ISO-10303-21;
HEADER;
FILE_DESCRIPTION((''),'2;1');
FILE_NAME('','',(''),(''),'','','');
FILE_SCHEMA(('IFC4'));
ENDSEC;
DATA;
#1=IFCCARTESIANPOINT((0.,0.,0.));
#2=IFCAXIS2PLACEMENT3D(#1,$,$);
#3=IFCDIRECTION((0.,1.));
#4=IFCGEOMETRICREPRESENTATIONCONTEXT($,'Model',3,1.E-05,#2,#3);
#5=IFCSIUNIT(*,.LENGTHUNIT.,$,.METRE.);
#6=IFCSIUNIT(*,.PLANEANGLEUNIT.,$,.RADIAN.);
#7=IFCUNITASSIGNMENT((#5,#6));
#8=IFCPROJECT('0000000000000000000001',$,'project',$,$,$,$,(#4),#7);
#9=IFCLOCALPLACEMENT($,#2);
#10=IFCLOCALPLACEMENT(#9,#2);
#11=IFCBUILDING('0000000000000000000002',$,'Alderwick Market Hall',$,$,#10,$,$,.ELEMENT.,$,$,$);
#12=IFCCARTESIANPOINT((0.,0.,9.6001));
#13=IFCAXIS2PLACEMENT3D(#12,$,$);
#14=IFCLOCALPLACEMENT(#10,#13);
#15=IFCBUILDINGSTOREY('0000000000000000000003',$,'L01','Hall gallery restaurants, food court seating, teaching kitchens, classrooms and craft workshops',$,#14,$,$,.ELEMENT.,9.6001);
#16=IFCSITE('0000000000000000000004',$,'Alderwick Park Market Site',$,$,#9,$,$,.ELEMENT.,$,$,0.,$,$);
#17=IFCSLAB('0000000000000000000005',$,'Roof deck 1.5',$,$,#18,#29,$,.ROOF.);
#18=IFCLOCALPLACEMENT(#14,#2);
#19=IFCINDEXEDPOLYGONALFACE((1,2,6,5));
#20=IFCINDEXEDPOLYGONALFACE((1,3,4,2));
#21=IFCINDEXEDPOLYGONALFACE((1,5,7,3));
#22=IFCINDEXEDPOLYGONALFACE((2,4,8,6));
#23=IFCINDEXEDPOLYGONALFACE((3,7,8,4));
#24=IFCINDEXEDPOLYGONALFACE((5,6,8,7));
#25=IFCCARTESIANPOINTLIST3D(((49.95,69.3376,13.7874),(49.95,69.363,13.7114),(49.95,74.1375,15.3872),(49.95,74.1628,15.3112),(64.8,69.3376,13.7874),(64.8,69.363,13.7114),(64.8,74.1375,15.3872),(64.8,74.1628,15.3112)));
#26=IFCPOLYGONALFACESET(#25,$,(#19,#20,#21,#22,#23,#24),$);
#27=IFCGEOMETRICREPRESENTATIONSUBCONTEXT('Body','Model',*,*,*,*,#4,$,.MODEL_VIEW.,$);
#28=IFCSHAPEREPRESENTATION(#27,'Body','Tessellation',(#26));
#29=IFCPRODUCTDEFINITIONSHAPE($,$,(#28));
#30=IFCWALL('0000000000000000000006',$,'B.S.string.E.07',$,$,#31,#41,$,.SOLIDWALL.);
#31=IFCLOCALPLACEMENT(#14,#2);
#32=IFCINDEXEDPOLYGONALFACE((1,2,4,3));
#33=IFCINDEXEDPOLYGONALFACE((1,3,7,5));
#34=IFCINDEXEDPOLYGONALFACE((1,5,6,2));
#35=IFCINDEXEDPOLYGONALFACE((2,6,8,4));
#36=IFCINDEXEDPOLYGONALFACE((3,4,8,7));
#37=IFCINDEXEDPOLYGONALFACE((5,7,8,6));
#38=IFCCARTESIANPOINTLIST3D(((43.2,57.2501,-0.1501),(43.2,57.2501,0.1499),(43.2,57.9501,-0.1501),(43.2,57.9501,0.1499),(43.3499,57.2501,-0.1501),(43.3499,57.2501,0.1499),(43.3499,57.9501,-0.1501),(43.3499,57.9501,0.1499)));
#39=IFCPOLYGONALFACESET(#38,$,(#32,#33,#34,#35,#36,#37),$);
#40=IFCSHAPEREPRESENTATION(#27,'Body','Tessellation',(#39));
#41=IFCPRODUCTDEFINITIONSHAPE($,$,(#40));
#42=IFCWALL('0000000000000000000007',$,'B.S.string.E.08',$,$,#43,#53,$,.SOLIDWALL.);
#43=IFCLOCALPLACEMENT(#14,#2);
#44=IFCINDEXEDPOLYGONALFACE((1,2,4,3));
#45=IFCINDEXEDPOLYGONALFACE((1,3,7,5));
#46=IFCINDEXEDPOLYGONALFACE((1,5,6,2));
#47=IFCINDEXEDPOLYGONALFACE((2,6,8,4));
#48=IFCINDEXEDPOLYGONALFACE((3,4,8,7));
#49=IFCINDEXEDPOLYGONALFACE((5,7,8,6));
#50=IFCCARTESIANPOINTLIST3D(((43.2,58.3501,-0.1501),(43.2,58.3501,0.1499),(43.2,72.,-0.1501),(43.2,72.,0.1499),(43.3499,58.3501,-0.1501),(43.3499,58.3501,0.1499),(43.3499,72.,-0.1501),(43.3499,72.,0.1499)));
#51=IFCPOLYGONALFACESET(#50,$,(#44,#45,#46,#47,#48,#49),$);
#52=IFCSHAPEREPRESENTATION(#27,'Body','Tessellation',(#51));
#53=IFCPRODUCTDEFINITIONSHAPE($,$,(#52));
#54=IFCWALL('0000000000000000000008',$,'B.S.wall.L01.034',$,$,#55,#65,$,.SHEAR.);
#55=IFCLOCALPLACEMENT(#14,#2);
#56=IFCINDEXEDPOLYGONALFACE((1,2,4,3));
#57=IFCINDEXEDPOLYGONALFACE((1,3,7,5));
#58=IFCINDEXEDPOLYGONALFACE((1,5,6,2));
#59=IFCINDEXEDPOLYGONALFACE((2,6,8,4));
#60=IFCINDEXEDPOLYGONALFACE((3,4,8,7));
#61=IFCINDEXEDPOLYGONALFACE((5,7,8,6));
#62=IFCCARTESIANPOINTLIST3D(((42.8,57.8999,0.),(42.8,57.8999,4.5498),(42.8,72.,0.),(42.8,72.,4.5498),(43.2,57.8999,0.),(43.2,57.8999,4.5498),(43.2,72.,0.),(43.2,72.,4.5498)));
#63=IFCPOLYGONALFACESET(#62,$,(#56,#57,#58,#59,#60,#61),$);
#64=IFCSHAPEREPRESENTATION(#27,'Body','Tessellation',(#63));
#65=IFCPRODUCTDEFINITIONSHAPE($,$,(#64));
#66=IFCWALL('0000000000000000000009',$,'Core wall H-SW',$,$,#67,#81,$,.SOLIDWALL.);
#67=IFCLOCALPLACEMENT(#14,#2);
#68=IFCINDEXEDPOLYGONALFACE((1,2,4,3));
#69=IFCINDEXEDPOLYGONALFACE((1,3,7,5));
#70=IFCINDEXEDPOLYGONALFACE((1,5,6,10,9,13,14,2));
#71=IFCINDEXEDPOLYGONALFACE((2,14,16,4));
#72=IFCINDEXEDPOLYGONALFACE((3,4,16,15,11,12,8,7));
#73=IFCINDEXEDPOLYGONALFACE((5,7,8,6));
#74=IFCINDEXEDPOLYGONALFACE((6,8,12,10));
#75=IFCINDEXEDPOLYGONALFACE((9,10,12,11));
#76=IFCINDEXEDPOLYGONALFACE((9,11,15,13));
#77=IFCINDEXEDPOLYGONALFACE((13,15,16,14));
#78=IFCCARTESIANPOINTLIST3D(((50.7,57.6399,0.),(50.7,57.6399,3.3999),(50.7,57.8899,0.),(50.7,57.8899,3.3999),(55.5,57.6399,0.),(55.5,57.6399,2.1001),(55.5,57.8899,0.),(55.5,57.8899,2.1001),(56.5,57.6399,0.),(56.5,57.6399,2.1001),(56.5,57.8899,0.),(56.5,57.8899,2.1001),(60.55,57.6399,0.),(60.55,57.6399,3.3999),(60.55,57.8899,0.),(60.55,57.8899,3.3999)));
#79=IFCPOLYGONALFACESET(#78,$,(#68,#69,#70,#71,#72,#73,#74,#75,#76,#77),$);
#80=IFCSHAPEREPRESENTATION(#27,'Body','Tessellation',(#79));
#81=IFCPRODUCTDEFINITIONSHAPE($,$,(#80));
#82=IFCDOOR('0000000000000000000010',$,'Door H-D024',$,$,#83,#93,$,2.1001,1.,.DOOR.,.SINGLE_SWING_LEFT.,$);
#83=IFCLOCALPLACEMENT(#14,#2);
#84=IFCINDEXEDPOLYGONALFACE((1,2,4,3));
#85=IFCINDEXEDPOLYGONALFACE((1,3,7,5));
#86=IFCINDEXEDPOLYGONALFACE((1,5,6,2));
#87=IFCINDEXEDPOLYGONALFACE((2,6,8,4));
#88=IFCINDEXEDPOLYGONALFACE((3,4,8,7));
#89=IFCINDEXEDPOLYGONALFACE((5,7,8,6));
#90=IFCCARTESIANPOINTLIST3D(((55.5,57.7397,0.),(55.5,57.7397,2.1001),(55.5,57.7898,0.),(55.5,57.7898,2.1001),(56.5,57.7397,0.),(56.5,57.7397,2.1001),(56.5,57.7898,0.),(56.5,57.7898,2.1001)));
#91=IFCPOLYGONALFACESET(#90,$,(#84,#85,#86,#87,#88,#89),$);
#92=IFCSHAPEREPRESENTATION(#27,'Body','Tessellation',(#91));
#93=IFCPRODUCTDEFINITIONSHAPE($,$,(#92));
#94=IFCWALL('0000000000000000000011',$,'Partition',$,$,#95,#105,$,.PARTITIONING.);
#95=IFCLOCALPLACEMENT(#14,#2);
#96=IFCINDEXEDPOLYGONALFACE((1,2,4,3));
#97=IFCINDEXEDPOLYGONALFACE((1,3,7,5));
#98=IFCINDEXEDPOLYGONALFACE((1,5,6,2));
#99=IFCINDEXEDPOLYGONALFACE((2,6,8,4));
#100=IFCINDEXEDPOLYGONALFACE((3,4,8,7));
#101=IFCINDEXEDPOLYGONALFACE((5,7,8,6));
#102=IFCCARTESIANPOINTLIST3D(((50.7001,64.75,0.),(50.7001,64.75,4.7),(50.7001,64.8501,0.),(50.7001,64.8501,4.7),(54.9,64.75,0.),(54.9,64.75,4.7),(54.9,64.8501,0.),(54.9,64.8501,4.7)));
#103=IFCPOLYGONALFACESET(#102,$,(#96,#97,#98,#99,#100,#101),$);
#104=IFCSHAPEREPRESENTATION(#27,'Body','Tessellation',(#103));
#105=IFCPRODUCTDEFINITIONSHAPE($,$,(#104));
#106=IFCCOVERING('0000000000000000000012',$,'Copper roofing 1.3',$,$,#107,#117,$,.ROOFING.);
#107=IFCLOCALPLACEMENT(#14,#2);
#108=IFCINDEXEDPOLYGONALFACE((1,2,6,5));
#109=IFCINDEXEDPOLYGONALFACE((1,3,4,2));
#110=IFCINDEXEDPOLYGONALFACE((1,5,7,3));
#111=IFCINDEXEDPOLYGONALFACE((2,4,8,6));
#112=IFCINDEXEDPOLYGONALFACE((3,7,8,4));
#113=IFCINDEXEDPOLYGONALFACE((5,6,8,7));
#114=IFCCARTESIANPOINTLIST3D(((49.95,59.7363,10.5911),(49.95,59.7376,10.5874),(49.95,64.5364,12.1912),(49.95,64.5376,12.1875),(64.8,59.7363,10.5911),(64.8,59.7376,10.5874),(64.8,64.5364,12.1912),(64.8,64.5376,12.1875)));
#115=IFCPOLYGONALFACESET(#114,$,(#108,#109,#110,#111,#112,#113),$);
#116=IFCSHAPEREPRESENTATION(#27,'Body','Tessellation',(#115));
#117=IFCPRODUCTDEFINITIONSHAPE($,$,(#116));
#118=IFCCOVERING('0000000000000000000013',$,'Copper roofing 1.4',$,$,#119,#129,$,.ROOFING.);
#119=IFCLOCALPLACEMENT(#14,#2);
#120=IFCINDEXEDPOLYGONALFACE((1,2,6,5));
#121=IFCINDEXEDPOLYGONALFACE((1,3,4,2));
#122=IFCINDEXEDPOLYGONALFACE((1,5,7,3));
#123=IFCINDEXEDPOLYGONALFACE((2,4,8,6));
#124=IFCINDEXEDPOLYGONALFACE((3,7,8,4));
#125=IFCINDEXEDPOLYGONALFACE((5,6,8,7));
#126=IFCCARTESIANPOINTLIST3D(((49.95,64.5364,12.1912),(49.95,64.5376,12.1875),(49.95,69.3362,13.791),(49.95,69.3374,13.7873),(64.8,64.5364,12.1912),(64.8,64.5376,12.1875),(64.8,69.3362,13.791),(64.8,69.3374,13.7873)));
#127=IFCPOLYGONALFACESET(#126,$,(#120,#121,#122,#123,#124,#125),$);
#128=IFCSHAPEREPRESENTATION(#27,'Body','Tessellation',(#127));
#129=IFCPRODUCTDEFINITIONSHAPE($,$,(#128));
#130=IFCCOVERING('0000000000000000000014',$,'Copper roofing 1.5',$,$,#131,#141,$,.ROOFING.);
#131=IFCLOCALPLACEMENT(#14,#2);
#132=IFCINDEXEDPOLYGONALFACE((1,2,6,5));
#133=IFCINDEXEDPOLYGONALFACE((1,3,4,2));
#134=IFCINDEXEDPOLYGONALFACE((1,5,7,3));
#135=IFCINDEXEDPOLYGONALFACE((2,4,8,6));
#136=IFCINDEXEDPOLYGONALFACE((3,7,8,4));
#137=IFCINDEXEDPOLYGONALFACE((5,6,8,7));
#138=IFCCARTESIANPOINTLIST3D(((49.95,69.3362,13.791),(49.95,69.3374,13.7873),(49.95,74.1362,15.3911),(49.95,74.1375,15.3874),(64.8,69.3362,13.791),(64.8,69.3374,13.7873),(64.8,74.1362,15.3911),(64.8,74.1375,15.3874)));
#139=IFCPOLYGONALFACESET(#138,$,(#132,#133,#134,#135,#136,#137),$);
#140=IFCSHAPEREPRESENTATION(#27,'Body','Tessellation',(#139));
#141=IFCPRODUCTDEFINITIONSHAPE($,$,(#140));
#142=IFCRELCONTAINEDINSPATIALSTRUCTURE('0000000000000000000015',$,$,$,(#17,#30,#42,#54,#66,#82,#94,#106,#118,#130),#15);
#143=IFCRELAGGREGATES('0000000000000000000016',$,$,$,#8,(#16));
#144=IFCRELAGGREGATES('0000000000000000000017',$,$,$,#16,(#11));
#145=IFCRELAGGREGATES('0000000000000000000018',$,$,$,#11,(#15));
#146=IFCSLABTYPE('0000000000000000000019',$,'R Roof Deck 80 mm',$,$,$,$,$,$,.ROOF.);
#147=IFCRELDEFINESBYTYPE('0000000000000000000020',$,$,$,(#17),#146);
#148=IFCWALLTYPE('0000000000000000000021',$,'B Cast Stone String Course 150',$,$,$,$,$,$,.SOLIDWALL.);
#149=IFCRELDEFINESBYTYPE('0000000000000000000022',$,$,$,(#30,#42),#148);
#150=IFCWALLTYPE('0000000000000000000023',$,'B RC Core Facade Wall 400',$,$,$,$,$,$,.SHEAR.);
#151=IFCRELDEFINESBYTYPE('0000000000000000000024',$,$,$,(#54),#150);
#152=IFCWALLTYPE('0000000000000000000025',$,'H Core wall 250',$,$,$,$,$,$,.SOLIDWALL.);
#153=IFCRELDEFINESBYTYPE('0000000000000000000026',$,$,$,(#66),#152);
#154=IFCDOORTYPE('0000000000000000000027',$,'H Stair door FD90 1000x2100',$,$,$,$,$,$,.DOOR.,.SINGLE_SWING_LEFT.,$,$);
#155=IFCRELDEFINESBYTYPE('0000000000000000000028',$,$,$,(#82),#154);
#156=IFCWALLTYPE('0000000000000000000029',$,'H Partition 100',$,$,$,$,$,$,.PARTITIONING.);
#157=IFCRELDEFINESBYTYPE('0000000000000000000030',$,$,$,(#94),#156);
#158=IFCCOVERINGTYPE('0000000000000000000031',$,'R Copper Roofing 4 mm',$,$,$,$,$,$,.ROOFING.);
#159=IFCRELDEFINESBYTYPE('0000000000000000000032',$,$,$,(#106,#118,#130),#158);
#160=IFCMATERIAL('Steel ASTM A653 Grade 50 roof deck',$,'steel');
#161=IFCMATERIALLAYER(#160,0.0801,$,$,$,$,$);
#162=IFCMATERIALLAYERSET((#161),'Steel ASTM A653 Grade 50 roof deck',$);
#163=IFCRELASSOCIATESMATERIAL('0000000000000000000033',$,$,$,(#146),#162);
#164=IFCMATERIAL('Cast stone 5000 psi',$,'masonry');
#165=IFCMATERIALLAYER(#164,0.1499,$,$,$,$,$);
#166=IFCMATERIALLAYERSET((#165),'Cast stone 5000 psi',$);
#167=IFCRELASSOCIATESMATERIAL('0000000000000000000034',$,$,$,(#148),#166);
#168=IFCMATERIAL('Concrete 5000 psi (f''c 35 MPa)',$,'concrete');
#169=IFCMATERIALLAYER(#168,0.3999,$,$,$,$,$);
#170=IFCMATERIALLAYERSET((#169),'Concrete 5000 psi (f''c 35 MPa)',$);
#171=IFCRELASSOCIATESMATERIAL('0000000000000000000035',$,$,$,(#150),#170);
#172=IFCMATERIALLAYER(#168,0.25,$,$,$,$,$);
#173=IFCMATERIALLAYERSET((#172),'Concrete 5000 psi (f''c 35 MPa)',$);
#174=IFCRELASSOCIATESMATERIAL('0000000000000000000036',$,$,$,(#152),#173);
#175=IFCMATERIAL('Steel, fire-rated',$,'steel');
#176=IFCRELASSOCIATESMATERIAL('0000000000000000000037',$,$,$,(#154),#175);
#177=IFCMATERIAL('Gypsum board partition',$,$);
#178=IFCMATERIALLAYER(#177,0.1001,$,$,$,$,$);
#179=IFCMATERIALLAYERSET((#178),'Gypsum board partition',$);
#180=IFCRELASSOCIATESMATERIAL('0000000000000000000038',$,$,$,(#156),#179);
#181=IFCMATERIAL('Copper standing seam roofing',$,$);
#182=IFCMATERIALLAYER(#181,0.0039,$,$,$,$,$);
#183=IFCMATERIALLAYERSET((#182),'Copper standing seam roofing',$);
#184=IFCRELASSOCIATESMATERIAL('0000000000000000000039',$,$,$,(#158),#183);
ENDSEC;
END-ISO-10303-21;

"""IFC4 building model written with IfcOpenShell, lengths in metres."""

from ifc_helpers import new_model, si_unit, direction, frame, frame_2d, origin, place, context, subcontext, project, spatial, polyline, rectangle, outline, extrude, material, layer, layer_set, type_object, element, fill, save


model = new_model("IFC4")

# Units and contexts
model_context = context("Model", 3, precision=1e-05, world=origin(), true_north=direction((0.0, 1.0)))
body_context = subcontext(model_context, "Body", "Model", "MODEL_VIEW")
ifc_project = project(units=[si_unit("LENGTHUNIT", "METRE"), si_unit("PLANEANGLEUNIT", "RADIAN")], contexts=[model_context])

# Site, building, storey
site_placement = place(None, origin())
site = spatial("IfcSite", under=ifc_project, at=site_placement, Name="Alderwick Park Market Site", CompositionType="ELEMENT", RefElevation=0.0)
building_placement = place(site_placement, origin())
building = spatial("IfcBuilding", under=site, at=building_placement, Name="Alderwick Market Hall", CompositionType="ELEMENT")
storey_placement = place(building_placement, frame((0.0, 0.0, 9.6001)))
storey = spatial("IfcBuildingStorey", under=building, at=storey_placement, Name="L01", Description="Hall gallery restaurants, food court seating, teaching kitchens, classrooms and craft workshops", CompositionType="ELEMENT", Elevation=9.6001)

# Shared definitions
ifc_material_1 = material(Name="Concrete 5000 psi (f'c 35 MPa)", Category="concrete")

# Slab
ifc_material_2 = material(Name="Steel ASTM A653 Grade 50 roof deck", Category="steel")
ifc_layer_1 = layer(ifc_material_2, 0.0801)
ifc_layer_set_1 = layer_set([ifc_layer_1], Name="Steel ASTM A653 Grade 50 roof deck")
slab_type = type_object("IfcSlabType", Name="R Roof Deck 80 mm", PredefinedType="ROOF", material=ifc_layer_set_1)
slab_1_placement = place(storey_placement, frame((49.95, 69.3376, 13.7874), z_axis=(0.0, -0.316213, 0.948688), x_axis=(1.0, 0.0, 0.0)))
element("IfcSlab", 1, at=slab_1_placement, inside=storey, type_object=slab_type, Name="Roof deck 1.5", PredefinedType="ROOF", context=body_context, shape_type="SweptSolid", body=[
    extrude(outline(polyline([(0.0, 0.0), (14.8501, 0.0), (14.8501, 5.0594), (0.0, 5.0594), (0.0, 0.0)])), origin(), (0.0, 0.0, -1.0), 0.0801),
])

# Walls
ifc_material_3 = material(Name="Cast stone 5000 psi", Category="masonry")
ifc_layer_2 = layer(ifc_material_3, 0.1499)
ifc_layer_set_2 = layer_set([ifc_layer_2], Name="Cast stone 5000 psi")
wall_type_1 = type_object("IfcWallType", Name="B Cast Stone String Course 150", PredefinedType="SOLIDWALL", material=ifc_layer_set_2)
wall_1_placement = place(storey_placement, frame((43.2749, 57.25, -0.1501), z_axis=(0.0, 0.0, 1.0), x_axis=(0.0, 1.0, 0.0)))
element("IfcWall", 2, at=wall_1_placement, inside=storey, type_object=wall_type_1, Name="B.S.string.E.07", PredefinedType="SOLIDWALL", context=body_context, shape_type="SweptSolid", body=[
    extrude(rectangle(XDim=0.7, YDim=0.1499, at=frame_2d((0.3501, 0.0))), origin(), (0.0, 0.0, 1.0), 0.3),
])
wall_2_placement = place(storey_placement, frame((43.2749, 58.3501, -0.1501), z_axis=(0.0, 0.0, 1.0), x_axis=(0.0, 1.0, 0.0)))
element("IfcWall", 3, at=wall_2_placement, inside=storey, type_object=wall_type_1, Name="B.S.string.E.08", PredefinedType="SOLIDWALL", context=body_context, shape_type="SweptSolid", body=[
    extrude(rectangle(XDim=13.6499, YDim=0.1499, at=frame_2d((6.825, 0.0))), origin(), (0.0, 0.0, 1.0), 0.3),
])
ifc_layer_3 = layer(ifc_material_1, 0.3999)
ifc_layer_set_3 = layer_set([ifc_layer_3], Name="Concrete 5000 psi (f'c 35 MPa)")
wall_type_2 = type_object("IfcWallType", Name="B RC Core Facade Wall 400", PredefinedType="SHEAR", material=ifc_layer_set_3)
wall_3_placement = place(storey_placement, frame((43.0, 57.8999, 0.0), z_axis=(0.0, 0.0, 1.0), x_axis=(0.0, 1.0, 0.0)))
element("IfcWall", 4, at=wall_3_placement, inside=storey, type_object=wall_type_2, Name="B.S.wall.L01.034", PredefinedType="SHEAR", context=body_context, shape_type="SweptSolid", body=[
    extrude(rectangle(XDim=14.1001, YDim=0.3999, at=frame_2d((7.05, 0.0))), origin(), (0.0, 0.0, 1.0), 4.5498),
])

# Wall, opening, door
ifc_layer_4 = layer(ifc_material_1, 0.25)
ifc_layer_set_4 = layer_set([ifc_layer_4], Name="Concrete 5000 psi (f'c 35 MPa)")
wall_type_3 = type_object("IfcWallType", Name="H Core wall 250", PredefinedType="SOLIDWALL", material=ifc_layer_set_4)
wall_4_placement = place(storey_placement, frame((50.7, 57.7649, 0.0), z_axis=(0.0, 0.0, 1.0), x_axis=(1.0, 0.0, 0.0)))
wall_4 = element("IfcWall", 5, at=wall_4_placement, inside=storey, type_object=wall_type_3, Name="Core wall H-SW", PredefinedType="SOLIDWALL", context=body_context, shape_type="SweptSolid", body=[
    extrude(rectangle(XDim=9.8501, YDim=0.25, at=frame_2d((4.925, 0.0))), origin(), (0.0, 0.0, 1.0), 3.3999),
])
opening_placement = place(wall_4_placement, frame((4.8, 0.0, 0.0)))
opening = element("IfcOpeningElement", 6, at=opening_placement, cuts=wall_4, PredefinedType="OPENING", context=body_context, shape_type="SweptSolid", body=[
    extrude(rectangle(XDim=1.0, YDim=2.1001, at=frame_2d((0.5, 1.05))), frame((0.0, 0.135, 0.0), z_axis=(0.0, -1.0, 0.0), x_axis=(1.0, 0.0, 0.0)), (0.0, 0.0, 1.0), 0.27),
])
ifc_material_4 = material(Name="Steel, fire-rated", Category="steel")
door_type = type_object("IfcDoorType", Name="H Stair door FD90 1000x2100", OperationType="SINGLE_SWING_LEFT", PredefinedType="DOOR", material=ifc_material_4)
door_placement = place(opening_placement, origin())
door = element("IfcDoor", 7, at=door_placement, inside=storey, type_object=door_type, Name="Door H-D024", OperationType="SINGLE_SWING_LEFT", OverallHeight=2.1001, OverallWidth=1.0, PredefinedType="DOOR", context=body_context, shape_type="SweptSolid", body=[
    extrude(rectangle(XDim=1.0, YDim=2.1001, at=frame_2d((0.5, 1.05))), frame((0.0, 0.0249, 0.0), z_axis=(0.0, -1.0, 0.0), x_axis=(1.0, 0.0, 0.0)), (0.0, 0.0, 1.0), 0.05),
])
fill(opening, door)

# Wall
ifc_material_5 = material(Name="Gypsum board partition")
ifc_layer_5 = layer(ifc_material_5, 0.1001)
ifc_layer_set_5 = layer_set([ifc_layer_5], Name="Gypsum board partition")
wall_type_4 = type_object("IfcWallType", Name="H Partition 100", PredefinedType="PARTITIONING", material=ifc_layer_set_5)
wall_5_placement = place(storey_placement, frame((50.7, 64.8, 0.0), z_axis=(0.0, 0.0, 1.0), x_axis=(1.0, 0.0, 0.0)))
element("IfcWall", 8, at=wall_5_placement, inside=storey, type_object=wall_type_4, Name="Partition", PredefinedType="PARTITIONING", context=body_context, shape_type="SweptSolid", body=[
    extrude(rectangle(XDim=4.2, YDim=0.1001, at=frame_2d((2.1001, 0.0))), origin(), (0.0, 0.0, 1.0), 4.7),
])

# Coverings
ifc_material_6 = material(Name="Copper standing seam roofing")
ifc_layer_6 = layer(ifc_material_6, 0.0039)
ifc_layer_set_6 = layer_set([ifc_layer_6], Name="Copper standing seam roofing")
covering_type = type_object("IfcCoveringType", Name="R Copper Roofing 4 mm", PredefinedType="ROOFING", material=ifc_layer_set_6)
covering_1_placement = place(storey_placement, frame((49.95, 59.7363, 10.5911), z_axis=(0.0, -0.316242, 0.948678), x_axis=(1.0, 0.0, 0.0)))
element("IfcCovering", 9, at=covering_1_placement, inside=storey, type_object=covering_type, Name="Copper roofing 1.3", PredefinedType="ROOFING", context=body_context, shape_type="SweptSolid", body=[
    extrude(outline(polyline([(0.0, 0.0), (14.8501, 0.0), (14.8501, 5.0597), (0.0, 5.0597), (0.0, 0.0)])), origin(), (0.0, 0.0, -1.0), 0.0039),
])
covering_2_placement = place(storey_placement, frame((49.95, 64.5364, 12.1912), z_axis=(0.0, -0.316213, 0.948688), x_axis=(1.0, 0.0, 0.0)))
element("IfcCovering", 10, at=covering_2_placement, inside=storey, type_object=covering_type, Name="Copper roofing 1.4", PredefinedType="ROOFING", context=body_context, shape_type="SweptSolid", body=[
    extrude(outline(polyline([(0.0, 0.0), (14.8501, 0.0), (14.8501, 5.0594), (0.0, 5.0594), (0.0, 0.0)])), origin(), (0.0, 0.0, -1.0), 0.0039),
])
covering_3_placement = place(storey_placement, frame((49.95, 69.3362, 13.791), z_axis=(0.0, -0.316242, 0.948678), x_axis=(1.0, 0.0, 0.0)))
element("IfcCovering", 11, at=covering_3_placement, inside=storey, type_object=covering_type, Name="Copper roofing 1.5", PredefinedType="ROOFING", context=body_context, shape_type="SweptSolid", body=[
    extrude(outline(polyline([(0.0, 0.0), (14.8501, 0.0), (14.8501, 5.0597), (0.0, 5.0597), (0.0, 0.0)])), origin(), (0.0, 0.0, -1.0), 0.0039),
])

save(model, "model.ifc")
